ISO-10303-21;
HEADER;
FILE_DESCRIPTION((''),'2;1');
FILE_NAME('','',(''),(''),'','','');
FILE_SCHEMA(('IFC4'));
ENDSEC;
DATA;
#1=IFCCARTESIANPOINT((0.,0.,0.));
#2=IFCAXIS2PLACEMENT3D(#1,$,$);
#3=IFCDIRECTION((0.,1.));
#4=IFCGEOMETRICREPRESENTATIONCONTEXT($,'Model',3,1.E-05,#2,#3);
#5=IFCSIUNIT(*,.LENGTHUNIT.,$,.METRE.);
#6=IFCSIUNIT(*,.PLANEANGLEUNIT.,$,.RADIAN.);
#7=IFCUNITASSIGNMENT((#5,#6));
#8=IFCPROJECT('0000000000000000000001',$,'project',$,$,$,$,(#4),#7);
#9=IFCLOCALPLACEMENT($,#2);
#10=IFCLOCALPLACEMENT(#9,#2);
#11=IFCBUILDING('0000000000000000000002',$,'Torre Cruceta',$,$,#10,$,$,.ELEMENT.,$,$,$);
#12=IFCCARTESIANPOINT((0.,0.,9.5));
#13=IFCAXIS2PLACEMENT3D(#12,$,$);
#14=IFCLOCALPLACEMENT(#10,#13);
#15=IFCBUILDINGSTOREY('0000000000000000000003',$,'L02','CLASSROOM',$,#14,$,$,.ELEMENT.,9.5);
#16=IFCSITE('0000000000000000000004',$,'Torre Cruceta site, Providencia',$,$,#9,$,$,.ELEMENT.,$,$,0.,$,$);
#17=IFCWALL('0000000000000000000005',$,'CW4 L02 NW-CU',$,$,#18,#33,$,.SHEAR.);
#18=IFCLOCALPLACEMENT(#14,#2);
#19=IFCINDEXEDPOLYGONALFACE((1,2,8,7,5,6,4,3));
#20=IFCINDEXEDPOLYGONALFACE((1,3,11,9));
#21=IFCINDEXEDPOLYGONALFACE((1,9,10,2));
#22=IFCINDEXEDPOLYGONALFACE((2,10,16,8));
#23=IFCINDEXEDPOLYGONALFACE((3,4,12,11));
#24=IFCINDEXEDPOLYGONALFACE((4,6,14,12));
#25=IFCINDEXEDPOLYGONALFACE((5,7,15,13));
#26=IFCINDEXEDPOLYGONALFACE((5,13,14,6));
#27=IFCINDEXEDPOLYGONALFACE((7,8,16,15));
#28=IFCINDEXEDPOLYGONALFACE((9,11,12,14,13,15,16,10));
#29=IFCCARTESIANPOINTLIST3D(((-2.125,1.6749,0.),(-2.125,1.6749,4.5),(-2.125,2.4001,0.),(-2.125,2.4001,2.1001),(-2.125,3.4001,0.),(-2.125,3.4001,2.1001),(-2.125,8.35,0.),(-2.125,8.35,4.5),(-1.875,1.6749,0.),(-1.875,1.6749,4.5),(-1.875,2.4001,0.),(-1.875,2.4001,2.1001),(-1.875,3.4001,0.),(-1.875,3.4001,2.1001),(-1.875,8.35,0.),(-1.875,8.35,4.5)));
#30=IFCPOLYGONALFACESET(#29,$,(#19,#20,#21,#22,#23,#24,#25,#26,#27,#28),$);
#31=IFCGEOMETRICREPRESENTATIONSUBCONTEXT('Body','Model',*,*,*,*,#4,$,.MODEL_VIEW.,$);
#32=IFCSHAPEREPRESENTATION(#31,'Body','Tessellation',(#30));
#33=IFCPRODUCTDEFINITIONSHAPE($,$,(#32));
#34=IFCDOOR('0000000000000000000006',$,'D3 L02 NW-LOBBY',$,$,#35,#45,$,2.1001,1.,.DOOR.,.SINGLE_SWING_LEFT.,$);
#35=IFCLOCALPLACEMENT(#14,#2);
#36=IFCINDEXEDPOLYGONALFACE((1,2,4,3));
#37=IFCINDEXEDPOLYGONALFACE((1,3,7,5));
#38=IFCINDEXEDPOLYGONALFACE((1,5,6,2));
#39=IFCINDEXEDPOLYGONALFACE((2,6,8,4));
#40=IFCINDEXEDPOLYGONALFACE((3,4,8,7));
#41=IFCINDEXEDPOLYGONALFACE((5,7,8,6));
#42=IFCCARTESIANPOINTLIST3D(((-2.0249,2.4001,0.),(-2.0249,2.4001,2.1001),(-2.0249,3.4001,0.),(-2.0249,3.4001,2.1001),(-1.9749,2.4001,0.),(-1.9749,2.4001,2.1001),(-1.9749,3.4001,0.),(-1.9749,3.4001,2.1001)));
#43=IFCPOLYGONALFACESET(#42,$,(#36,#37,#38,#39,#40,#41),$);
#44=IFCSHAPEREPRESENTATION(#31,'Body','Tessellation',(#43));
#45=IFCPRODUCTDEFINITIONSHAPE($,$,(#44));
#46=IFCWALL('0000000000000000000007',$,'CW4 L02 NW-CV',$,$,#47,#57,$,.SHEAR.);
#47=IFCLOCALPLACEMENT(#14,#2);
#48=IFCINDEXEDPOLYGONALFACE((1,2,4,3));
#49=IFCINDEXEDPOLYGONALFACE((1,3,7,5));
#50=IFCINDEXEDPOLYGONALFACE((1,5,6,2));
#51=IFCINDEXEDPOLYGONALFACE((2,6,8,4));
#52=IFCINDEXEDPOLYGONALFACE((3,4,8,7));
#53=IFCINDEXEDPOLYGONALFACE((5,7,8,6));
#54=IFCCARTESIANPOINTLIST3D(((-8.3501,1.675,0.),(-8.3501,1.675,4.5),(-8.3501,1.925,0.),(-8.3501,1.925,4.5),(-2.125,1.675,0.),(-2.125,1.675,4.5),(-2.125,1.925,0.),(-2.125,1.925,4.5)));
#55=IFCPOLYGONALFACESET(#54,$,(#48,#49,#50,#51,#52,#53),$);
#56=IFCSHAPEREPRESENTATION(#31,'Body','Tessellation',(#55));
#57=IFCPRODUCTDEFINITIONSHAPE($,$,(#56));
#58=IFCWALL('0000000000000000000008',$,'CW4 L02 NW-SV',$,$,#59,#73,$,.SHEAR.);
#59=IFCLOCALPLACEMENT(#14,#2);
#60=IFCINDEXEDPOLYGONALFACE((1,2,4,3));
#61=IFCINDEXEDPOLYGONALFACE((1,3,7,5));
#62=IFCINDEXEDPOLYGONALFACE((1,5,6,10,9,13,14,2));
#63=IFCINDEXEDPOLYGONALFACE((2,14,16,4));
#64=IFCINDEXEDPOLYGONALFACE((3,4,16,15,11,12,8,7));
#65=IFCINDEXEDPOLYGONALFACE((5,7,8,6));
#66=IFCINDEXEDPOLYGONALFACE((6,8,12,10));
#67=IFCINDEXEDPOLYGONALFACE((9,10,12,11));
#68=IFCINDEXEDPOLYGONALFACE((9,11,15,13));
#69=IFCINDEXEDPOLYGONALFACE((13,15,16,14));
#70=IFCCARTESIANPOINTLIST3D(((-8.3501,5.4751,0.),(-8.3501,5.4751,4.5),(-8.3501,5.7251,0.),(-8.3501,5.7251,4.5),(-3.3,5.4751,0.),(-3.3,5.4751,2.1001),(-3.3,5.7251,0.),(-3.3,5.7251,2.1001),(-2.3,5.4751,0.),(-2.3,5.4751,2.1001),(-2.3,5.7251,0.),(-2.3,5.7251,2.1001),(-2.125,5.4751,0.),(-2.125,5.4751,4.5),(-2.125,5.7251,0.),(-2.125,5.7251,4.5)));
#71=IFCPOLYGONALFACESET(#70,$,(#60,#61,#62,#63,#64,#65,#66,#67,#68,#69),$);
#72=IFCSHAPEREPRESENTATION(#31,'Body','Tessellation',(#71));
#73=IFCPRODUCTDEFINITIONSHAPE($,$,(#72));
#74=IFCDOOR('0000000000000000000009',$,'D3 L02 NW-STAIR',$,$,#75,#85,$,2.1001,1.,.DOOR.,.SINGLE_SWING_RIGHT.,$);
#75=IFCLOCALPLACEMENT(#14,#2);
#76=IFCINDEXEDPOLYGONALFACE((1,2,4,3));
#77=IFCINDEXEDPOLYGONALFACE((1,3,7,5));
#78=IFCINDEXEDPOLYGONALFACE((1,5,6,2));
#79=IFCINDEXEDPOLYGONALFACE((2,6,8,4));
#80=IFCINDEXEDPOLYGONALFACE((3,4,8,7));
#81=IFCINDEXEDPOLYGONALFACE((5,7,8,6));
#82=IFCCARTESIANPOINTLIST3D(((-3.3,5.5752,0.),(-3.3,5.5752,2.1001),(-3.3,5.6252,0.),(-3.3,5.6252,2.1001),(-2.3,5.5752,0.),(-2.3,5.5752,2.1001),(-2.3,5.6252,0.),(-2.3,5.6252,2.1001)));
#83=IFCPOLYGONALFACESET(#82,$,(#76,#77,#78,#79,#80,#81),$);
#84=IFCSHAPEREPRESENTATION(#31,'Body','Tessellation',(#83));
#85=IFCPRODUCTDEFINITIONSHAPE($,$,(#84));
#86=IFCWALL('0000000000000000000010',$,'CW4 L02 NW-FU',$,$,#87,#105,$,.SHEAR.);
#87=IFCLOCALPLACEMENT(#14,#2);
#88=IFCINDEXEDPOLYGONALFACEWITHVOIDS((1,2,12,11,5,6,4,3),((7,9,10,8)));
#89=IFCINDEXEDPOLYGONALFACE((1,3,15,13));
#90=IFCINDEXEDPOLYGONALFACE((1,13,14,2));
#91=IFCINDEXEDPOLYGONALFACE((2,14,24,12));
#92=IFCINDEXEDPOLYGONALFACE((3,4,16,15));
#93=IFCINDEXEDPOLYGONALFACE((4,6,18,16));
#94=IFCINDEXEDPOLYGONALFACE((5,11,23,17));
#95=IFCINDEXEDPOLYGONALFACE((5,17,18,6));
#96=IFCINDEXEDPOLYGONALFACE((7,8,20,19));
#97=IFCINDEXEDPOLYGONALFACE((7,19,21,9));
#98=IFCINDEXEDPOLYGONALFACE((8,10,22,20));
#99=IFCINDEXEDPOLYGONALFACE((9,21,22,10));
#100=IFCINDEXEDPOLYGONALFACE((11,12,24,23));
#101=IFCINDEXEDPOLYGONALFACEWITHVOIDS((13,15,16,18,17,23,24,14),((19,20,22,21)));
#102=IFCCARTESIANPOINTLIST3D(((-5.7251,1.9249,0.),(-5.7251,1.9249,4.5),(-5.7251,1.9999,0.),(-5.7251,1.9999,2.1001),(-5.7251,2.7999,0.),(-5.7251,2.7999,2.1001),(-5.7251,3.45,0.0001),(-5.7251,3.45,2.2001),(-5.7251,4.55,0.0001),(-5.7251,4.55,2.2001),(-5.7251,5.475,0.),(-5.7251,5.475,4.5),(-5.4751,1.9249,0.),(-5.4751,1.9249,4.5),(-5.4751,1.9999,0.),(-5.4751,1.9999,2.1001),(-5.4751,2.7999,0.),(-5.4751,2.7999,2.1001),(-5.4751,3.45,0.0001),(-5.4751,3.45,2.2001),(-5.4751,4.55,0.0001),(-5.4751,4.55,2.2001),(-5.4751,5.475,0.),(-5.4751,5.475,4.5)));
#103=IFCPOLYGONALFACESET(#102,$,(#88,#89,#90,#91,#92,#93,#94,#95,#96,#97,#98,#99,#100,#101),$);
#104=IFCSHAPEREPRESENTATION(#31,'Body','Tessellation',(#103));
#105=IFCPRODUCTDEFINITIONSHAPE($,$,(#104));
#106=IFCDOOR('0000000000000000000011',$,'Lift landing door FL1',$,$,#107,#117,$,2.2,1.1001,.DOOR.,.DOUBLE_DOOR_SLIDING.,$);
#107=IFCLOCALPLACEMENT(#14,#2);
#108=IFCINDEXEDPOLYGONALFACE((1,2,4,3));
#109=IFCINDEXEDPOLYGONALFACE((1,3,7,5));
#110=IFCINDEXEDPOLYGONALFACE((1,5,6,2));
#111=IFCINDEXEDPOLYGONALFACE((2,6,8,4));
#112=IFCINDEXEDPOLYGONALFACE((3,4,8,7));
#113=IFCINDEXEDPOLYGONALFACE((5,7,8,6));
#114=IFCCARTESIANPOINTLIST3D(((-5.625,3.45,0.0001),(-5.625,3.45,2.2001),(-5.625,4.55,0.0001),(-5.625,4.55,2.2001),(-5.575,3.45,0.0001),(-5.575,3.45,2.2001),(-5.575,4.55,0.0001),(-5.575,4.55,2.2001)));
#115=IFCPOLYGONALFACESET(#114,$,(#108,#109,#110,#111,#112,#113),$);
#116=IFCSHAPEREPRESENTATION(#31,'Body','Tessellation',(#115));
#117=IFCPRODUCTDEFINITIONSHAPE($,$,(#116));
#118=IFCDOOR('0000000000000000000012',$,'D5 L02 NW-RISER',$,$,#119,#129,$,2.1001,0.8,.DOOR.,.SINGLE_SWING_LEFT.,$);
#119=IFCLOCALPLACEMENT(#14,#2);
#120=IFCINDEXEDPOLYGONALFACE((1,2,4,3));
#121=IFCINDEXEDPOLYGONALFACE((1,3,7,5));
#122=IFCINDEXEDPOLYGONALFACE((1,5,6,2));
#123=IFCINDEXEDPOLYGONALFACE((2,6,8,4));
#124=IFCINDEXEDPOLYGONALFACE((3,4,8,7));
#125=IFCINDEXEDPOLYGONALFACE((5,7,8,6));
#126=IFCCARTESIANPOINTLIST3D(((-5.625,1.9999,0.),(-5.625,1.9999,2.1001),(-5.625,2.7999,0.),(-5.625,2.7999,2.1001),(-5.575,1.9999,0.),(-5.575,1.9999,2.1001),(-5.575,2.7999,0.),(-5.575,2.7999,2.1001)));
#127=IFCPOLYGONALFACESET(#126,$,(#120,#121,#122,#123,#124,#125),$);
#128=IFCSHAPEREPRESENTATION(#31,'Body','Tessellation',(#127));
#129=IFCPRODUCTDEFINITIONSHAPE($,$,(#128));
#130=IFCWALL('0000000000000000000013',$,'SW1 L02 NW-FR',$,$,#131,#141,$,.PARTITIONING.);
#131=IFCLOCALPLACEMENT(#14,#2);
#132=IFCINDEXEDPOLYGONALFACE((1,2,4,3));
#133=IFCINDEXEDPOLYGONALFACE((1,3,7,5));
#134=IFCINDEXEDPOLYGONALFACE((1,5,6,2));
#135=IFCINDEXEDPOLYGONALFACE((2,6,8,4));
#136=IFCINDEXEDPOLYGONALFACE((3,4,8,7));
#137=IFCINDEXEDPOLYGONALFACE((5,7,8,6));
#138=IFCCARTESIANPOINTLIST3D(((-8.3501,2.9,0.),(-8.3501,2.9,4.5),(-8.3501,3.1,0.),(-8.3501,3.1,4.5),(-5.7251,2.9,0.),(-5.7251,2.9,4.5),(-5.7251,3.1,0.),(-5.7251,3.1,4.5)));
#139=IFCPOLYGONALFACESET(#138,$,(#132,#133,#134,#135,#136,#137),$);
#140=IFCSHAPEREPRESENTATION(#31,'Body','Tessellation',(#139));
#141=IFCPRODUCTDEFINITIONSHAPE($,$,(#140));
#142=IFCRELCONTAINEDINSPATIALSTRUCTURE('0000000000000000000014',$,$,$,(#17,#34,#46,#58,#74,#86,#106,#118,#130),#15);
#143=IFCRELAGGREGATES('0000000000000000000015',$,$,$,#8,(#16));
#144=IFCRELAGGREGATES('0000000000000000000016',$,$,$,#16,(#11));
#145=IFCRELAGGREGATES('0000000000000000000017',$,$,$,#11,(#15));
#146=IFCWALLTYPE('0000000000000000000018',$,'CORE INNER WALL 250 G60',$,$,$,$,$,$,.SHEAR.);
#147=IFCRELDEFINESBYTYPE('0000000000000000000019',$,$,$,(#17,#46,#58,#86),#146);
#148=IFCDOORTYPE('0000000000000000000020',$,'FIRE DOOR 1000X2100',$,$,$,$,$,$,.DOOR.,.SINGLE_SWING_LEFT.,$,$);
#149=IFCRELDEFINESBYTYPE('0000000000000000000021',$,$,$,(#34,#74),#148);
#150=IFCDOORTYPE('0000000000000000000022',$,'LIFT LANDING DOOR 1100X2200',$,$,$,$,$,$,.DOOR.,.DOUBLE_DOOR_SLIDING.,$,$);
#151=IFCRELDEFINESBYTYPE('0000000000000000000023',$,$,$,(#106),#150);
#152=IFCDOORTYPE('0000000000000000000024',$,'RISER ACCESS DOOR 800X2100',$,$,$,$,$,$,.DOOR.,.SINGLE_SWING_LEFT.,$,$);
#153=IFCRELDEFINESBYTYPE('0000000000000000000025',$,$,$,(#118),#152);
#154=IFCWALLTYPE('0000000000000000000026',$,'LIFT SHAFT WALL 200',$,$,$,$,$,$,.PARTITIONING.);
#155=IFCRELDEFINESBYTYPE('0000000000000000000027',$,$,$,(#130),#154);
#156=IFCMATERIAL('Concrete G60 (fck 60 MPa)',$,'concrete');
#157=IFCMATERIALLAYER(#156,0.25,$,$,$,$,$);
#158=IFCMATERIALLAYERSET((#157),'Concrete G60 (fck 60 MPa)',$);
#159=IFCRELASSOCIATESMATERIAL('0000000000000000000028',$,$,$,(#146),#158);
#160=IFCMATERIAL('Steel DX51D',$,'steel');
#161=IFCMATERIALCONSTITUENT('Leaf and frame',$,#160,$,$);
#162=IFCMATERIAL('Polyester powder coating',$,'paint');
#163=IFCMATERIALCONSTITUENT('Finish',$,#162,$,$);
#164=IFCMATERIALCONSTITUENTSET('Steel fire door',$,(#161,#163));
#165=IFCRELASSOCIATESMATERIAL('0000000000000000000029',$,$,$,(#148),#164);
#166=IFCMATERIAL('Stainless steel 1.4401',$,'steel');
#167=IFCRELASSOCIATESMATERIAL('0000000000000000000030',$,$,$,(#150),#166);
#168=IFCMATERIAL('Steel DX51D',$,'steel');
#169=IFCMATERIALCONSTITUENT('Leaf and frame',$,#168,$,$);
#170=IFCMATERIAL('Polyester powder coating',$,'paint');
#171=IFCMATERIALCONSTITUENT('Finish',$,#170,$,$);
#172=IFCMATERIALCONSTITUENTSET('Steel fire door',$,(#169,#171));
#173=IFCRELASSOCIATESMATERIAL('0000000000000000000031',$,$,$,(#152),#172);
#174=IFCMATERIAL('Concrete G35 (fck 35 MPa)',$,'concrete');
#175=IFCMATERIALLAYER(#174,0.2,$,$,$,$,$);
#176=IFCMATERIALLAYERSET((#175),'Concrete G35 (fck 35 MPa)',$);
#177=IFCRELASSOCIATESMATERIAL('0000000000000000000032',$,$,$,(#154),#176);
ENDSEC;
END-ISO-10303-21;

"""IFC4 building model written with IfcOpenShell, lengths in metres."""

from ifc_helpers import new_model, si_unit, direction, frame, frame_2d, origin, place, context, subcontext, project, spatial, rectangle, extrude, material, layer, layer_set, constituent, constituent_set, type_object, element, fill, save


model = new_model("IFC4")

# Units and contexts
model_context = context("Model", 3, precision=1e-05, world=origin(), true_north=direction((0.0, 1.0)))
body_context = subcontext(model_context, "Body", "Model", "MODEL_VIEW")
ifc_project = project(units=[si_unit("LENGTHUNIT", "METRE"), si_unit("PLANEANGLEUNIT", "RADIAN")], contexts=[model_context])

# Site, building, storey
site_placement = place(None, origin())
site = spatial("IfcSite", under=ifc_project, at=site_placement, Name="Torre Cruceta site, Providencia", CompositionType="ELEMENT", RefElevation=0.0)
building_placement = place(site_placement, origin())
building = spatial("IfcBuilding", under=site, at=building_placement, Name="Torre Cruceta", CompositionType="ELEMENT")
storey_placement = place(building_placement, frame((0.0, 0.0, 9.5)))
storey = spatial("IfcBuildingStorey", under=building, at=storey_placement, Name="L02", Description="CLASSROOM", CompositionType="ELEMENT", Elevation=9.5)

# Wall, opening, door
ifc_material_1 = material(Name="Concrete G60 (fck 60 MPa)", Category="concrete")
ifc_layer_1 = layer(ifc_material_1, 0.25)
ifc_layer_set_1 = layer_set([ifc_layer_1], Name="Concrete G60 (fck 60 MPa)")
wall_type_1 = type_object("IfcWallType", Name="CORE INNER WALL 250 G60", PredefinedType="SHEAR", material=ifc_layer_set_1)
wall_1_placement = place(storey_placement, frame((-2.0, 1.675, 0.0), z_axis=(0.0, 0.0, 1.0), x_axis=(0.0, 1.0, 0.0)))
wall_1 = element("IfcWall", 1, at=wall_1_placement, inside=storey, type_object=wall_type_1, Name="CW4 L02 NW-CU", PredefinedType="SHEAR", context=body_context, shape_type="SweptSolid", body=[
    extrude(rectangle(XDim=6.675, YDim=0.25, at=frame_2d((3.3374, 0.0))), origin(), (0.0, 0.0, 1.0), 4.5),
])
opening_1_placement = place(wall_1_placement, frame((0.7251, 0.0, 0.0)))
opening_1 = element("IfcOpeningElement", 2, at=opening_1_placement, cuts=wall_1, PredefinedType="OPENING", context=body_context, shape_type="SweptSolid", body=[
    extrude(rectangle(XDim=1.0, YDim=2.1001, at=frame_2d((0.5, 1.05))), frame((0.0, 0.135, 0.0), z_axis=(0.0, -1.0, 0.0), x_axis=(1.0, 0.0, 0.0)), (0.0, 0.0, 1.0), 0.27),
])
ifc_material_2 = material(Name="Steel DX51D", Category="steel")
ifc_constituent_1 = constituent(ifc_material_2, Name="Leaf and frame")
ifc_material_3 = material(Name="Polyester powder coating", Category="paint")
ifc_constituent_2 = constituent(ifc_material_3, Name="Finish")
ifc_constituent_set_1 = constituent_set(constituents=[ifc_constituent_1, ifc_constituent_2], Name="Steel fire door")
door_type_1 = type_object("IfcDoorType", Name="FIRE DOOR 1000X2100", OperationType="SINGLE_SWING_LEFT", PredefinedType="DOOR", material=ifc_constituent_set_1)
door_1_placement = place(opening_1_placement, origin())
door_1 = element("IfcDoor", 3, at=door_1_placement, inside=storey, type_object=door_type_1, Name="D3 L02 NW-LOBBY", OperationType="SINGLE_SWING_LEFT", OverallHeight=2.1001, OverallWidth=1.0, PredefinedType="DOOR", context=body_context, shape_type="SweptSolid", body=[
    extrude(rectangle(XDim=1.0, YDim=2.1001, at=frame_2d((0.5, 1.05))), frame((0.0, 0.0249, 0.0), z_axis=(0.0, -1.0, 0.0), x_axis=(1.0, 0.0, 0.0)), (0.0, 0.0, 1.0), 0.05),
])
fill(opening_1, door_1)

# Wall
wall_2_placement = place(storey_placement, frame((-2.125, 1.8, 0.0), z_axis=(0.0, 0.0, 1.0), x_axis=(-1.0, 0.0, 0.0)))
element("IfcWall", 4, at=wall_2_placement, inside=storey, type_object=wall_type_1, Name="CW4 L02 NW-CV", PredefinedType="SHEAR", context=body_context, shape_type="SweptSolid", body=[
    extrude(rectangle(XDim=6.2251, YDim=0.25, at=frame_2d((3.1125, 0.0))), origin(), (0.0, 0.0, 1.0), 4.5),
])

# Wall, opening, door
wall_3_placement = place(storey_placement, frame((-2.125, 5.6001, 0.0), z_axis=(0.0, 0.0, 1.0), x_axis=(-1.0, 0.0, 0.0)))
wall_3 = element("IfcWall", 5, at=wall_3_placement, inside=storey, type_object=wall_type_1, Name="CW4 L02 NW-SV", PredefinedType="SHEAR", context=body_context, shape_type="SweptSolid", body=[
    extrude(rectangle(XDim=6.2251, YDim=0.25, at=frame_2d((3.1125, 0.0))), origin(), (0.0, 0.0, 1.0), 4.5),
])
opening_2_placement = place(wall_3_placement, frame((0.175, 0.0, 0.0)))
opening_2 = element("IfcOpeningElement", 6, at=opening_2_placement, cuts=wall_3, PredefinedType="OPENING", context=body_context, shape_type="SweptSolid", body=[
    extrude(rectangle(XDim=1.0, YDim=2.1001, at=frame_2d((0.5, 1.05))), frame((0.0, 0.135, 0.0), z_axis=(0.0, -1.0, 0.0), x_axis=(1.0, 0.0, 0.0)), (0.0, 0.0, 1.0), 0.27),
])
door_2_placement = place(opening_2_placement, frame((1.0, 0.0, 0.0), z_axis=(0.0, 0.0, 1.0), x_axis=(-1.0, 0.0, 0.0)))
door_2 = element("IfcDoor", 7, at=door_2_placement, inside=storey, type_object=door_type_1, Name="D3 L02 NW-STAIR", OperationType="SINGLE_SWING_RIGHT", OverallHeight=2.1001, OverallWidth=1.0, PredefinedType="DOOR", context=body_context, shape_type="SweptSolid", body=[
    extrude(rectangle(XDim=1.0, YDim=2.1001, at=frame_2d((0.5, 1.05))), frame((0.0, 0.0251, 0.0), z_axis=(0.0, -1.0, 0.0), x_axis=(1.0, 0.0, 0.0)), (0.0, 0.0, 1.0), 0.05),
])
fill(opening_2, door_2)

# Wall, openings, doors
wall_4_placement = place(storey_placement, frame((-5.6001, 1.925, 0.0), z_axis=(0.0, 0.0, 1.0), x_axis=(0.0, 1.0, 0.0)))
wall_4 = element("IfcWall", 8, at=wall_4_placement, inside=storey, type_object=wall_type_1, Name="CW4 L02 NW-FU", PredefinedType="SHEAR", context=body_context, shape_type="SweptSolid", body=[
    extrude(rectangle(XDim=3.55, YDim=0.25, at=frame_2d((1.7749, 0.0))), origin(), (0.0, 0.0, 1.0), 4.5),
])
opening_3_placement = place(wall_4_placement, frame((1.5249, 0.0, 0.0)))
opening_3 = element("IfcOpeningElement", 9, at=opening_3_placement, cuts=wall_4, PredefinedType="OPENING", context=body_context, shape_type="SweptSolid", body=[
    extrude(rectangle(XDim=1.1001, YDim=2.2, at=frame_2d((0.55, 1.1001))), frame((0.0, 0.135, 0.0), z_axis=(0.0, -1.0, 0.0), x_axis=(1.0, 0.0, 0.0)), (0.0, 0.0, 1.0), 0.27),
])
opening_4_placement = place(wall_4_placement, frame((0.075, 0.0, 0.0)))
opening_4 = element("IfcOpeningElement", 10, at=opening_4_placement, cuts=wall_4, PredefinedType="OPENING", context=body_context, shape_type="SweptSolid", body=[
    extrude(rectangle(XDim=0.8, YDim=2.1001, at=frame_2d((0.3999, 1.05))), frame((0.0, 0.135, 0.0), z_axis=(0.0, -1.0, 0.0), x_axis=(1.0, 0.0, 0.0)), (0.0, 0.0, 1.0), 0.27),
])
ifc_material_4 = material(Name="Stainless steel 1.4401", Category="steel")
door_type_2 = type_object("IfcDoorType", Name="LIFT LANDING DOOR 1100X2200", OperationType="DOUBLE_DOOR_SLIDING", PredefinedType="DOOR", material=ifc_material_4)
door_3_placement = place(opening_3_placement, origin())
door_3 = element("IfcDoor", 11, at=door_3_placement, inside=storey, type_object=door_type_2, Name="Lift landing door FL1", OperationType="DOUBLE_DOOR_SLIDING", OverallHeight=2.2, OverallWidth=1.1001, PredefinedType="DOOR", context=body_context, shape_type="SweptSolid", body=[
    extrude(rectangle(XDim=1.1001, YDim=2.2, at=frame_2d((0.55, 1.1001))), frame((0.0, 0.0249, 0.0), z_axis=(0.0, -1.0, 0.0), x_axis=(1.0, 0.0, 0.0)), (0.0, 0.0, 1.0), 0.05),
])
fill(opening_3, door_3)
ifc_material_5 = material(Name="Steel DX51D", Category="steel")
ifc_constituent_3 = constituent(ifc_material_5, Name="Leaf and frame")
ifc_material_6 = material(Name="Polyester powder coating", Category="paint")
ifc_constituent_4 = constituent(ifc_material_6, Name="Finish")
ifc_constituent_set_2 = constituent_set(constituents=[ifc_constituent_3, ifc_constituent_4], Name="Steel fire door")
door_type_3 = type_object("IfcDoorType", Name="RISER ACCESS DOOR 800X2100", OperationType="SINGLE_SWING_LEFT", PredefinedType="DOOR", material=ifc_constituent_set_2)
door_4_placement = place(opening_4_placement, origin())
door_4 = element("IfcDoor", 12, at=door_4_placement, inside=storey, type_object=door_type_3, Name="D5 L02 NW-RISER", OperationType="SINGLE_SWING_LEFT", OverallHeight=2.1001, OverallWidth=0.8, PredefinedType="DOOR", context=body_context, shape_type="SweptSolid", body=[
    extrude(rectangle(XDim=0.8, YDim=2.1001, at=frame_2d((0.3999, 1.05))), frame((0.0, 0.0249, 0.0), z_axis=(0.0, -1.0, 0.0), x_axis=(1.0, 0.0, 0.0)), (0.0, 0.0, 1.0), 0.05),
])
fill(opening_4, door_4)

# Wall
ifc_material_7 = material(Name="Concrete G35 (fck 35 MPa)", Category="concrete")
ifc_layer_2 = layer(ifc_material_7, 0.2)
ifc_layer_set_2 = layer_set([ifc_layer_2], Name="Concrete G35 (fck 35 MPa)")
wall_type_2 = type_object("IfcWallType", Name="LIFT SHAFT WALL 200", PredefinedType="PARTITIONING", material=ifc_layer_set_2)
wall_5_placement = place(storey_placement, frame((-5.7251, 3.0, 0.0), z_axis=(0.0, 0.0, 1.0), x_axis=(-1.0, 0.0, 0.0)))
element("IfcWall", 13, at=wall_5_placement, inside=storey, type_object=wall_type_2, Name="SW1 L02 NW-FR", PredefinedType="PARTITIONING", context=body_context, shape_type="SweptSolid", body=[
    extrude(rectangle(XDim=2.625, YDim=0.2, at=frame_2d((1.3125, 0.0))), origin(), (0.0, 0.0, 1.0), 4.5),
])

save(model, "model.ifc")
